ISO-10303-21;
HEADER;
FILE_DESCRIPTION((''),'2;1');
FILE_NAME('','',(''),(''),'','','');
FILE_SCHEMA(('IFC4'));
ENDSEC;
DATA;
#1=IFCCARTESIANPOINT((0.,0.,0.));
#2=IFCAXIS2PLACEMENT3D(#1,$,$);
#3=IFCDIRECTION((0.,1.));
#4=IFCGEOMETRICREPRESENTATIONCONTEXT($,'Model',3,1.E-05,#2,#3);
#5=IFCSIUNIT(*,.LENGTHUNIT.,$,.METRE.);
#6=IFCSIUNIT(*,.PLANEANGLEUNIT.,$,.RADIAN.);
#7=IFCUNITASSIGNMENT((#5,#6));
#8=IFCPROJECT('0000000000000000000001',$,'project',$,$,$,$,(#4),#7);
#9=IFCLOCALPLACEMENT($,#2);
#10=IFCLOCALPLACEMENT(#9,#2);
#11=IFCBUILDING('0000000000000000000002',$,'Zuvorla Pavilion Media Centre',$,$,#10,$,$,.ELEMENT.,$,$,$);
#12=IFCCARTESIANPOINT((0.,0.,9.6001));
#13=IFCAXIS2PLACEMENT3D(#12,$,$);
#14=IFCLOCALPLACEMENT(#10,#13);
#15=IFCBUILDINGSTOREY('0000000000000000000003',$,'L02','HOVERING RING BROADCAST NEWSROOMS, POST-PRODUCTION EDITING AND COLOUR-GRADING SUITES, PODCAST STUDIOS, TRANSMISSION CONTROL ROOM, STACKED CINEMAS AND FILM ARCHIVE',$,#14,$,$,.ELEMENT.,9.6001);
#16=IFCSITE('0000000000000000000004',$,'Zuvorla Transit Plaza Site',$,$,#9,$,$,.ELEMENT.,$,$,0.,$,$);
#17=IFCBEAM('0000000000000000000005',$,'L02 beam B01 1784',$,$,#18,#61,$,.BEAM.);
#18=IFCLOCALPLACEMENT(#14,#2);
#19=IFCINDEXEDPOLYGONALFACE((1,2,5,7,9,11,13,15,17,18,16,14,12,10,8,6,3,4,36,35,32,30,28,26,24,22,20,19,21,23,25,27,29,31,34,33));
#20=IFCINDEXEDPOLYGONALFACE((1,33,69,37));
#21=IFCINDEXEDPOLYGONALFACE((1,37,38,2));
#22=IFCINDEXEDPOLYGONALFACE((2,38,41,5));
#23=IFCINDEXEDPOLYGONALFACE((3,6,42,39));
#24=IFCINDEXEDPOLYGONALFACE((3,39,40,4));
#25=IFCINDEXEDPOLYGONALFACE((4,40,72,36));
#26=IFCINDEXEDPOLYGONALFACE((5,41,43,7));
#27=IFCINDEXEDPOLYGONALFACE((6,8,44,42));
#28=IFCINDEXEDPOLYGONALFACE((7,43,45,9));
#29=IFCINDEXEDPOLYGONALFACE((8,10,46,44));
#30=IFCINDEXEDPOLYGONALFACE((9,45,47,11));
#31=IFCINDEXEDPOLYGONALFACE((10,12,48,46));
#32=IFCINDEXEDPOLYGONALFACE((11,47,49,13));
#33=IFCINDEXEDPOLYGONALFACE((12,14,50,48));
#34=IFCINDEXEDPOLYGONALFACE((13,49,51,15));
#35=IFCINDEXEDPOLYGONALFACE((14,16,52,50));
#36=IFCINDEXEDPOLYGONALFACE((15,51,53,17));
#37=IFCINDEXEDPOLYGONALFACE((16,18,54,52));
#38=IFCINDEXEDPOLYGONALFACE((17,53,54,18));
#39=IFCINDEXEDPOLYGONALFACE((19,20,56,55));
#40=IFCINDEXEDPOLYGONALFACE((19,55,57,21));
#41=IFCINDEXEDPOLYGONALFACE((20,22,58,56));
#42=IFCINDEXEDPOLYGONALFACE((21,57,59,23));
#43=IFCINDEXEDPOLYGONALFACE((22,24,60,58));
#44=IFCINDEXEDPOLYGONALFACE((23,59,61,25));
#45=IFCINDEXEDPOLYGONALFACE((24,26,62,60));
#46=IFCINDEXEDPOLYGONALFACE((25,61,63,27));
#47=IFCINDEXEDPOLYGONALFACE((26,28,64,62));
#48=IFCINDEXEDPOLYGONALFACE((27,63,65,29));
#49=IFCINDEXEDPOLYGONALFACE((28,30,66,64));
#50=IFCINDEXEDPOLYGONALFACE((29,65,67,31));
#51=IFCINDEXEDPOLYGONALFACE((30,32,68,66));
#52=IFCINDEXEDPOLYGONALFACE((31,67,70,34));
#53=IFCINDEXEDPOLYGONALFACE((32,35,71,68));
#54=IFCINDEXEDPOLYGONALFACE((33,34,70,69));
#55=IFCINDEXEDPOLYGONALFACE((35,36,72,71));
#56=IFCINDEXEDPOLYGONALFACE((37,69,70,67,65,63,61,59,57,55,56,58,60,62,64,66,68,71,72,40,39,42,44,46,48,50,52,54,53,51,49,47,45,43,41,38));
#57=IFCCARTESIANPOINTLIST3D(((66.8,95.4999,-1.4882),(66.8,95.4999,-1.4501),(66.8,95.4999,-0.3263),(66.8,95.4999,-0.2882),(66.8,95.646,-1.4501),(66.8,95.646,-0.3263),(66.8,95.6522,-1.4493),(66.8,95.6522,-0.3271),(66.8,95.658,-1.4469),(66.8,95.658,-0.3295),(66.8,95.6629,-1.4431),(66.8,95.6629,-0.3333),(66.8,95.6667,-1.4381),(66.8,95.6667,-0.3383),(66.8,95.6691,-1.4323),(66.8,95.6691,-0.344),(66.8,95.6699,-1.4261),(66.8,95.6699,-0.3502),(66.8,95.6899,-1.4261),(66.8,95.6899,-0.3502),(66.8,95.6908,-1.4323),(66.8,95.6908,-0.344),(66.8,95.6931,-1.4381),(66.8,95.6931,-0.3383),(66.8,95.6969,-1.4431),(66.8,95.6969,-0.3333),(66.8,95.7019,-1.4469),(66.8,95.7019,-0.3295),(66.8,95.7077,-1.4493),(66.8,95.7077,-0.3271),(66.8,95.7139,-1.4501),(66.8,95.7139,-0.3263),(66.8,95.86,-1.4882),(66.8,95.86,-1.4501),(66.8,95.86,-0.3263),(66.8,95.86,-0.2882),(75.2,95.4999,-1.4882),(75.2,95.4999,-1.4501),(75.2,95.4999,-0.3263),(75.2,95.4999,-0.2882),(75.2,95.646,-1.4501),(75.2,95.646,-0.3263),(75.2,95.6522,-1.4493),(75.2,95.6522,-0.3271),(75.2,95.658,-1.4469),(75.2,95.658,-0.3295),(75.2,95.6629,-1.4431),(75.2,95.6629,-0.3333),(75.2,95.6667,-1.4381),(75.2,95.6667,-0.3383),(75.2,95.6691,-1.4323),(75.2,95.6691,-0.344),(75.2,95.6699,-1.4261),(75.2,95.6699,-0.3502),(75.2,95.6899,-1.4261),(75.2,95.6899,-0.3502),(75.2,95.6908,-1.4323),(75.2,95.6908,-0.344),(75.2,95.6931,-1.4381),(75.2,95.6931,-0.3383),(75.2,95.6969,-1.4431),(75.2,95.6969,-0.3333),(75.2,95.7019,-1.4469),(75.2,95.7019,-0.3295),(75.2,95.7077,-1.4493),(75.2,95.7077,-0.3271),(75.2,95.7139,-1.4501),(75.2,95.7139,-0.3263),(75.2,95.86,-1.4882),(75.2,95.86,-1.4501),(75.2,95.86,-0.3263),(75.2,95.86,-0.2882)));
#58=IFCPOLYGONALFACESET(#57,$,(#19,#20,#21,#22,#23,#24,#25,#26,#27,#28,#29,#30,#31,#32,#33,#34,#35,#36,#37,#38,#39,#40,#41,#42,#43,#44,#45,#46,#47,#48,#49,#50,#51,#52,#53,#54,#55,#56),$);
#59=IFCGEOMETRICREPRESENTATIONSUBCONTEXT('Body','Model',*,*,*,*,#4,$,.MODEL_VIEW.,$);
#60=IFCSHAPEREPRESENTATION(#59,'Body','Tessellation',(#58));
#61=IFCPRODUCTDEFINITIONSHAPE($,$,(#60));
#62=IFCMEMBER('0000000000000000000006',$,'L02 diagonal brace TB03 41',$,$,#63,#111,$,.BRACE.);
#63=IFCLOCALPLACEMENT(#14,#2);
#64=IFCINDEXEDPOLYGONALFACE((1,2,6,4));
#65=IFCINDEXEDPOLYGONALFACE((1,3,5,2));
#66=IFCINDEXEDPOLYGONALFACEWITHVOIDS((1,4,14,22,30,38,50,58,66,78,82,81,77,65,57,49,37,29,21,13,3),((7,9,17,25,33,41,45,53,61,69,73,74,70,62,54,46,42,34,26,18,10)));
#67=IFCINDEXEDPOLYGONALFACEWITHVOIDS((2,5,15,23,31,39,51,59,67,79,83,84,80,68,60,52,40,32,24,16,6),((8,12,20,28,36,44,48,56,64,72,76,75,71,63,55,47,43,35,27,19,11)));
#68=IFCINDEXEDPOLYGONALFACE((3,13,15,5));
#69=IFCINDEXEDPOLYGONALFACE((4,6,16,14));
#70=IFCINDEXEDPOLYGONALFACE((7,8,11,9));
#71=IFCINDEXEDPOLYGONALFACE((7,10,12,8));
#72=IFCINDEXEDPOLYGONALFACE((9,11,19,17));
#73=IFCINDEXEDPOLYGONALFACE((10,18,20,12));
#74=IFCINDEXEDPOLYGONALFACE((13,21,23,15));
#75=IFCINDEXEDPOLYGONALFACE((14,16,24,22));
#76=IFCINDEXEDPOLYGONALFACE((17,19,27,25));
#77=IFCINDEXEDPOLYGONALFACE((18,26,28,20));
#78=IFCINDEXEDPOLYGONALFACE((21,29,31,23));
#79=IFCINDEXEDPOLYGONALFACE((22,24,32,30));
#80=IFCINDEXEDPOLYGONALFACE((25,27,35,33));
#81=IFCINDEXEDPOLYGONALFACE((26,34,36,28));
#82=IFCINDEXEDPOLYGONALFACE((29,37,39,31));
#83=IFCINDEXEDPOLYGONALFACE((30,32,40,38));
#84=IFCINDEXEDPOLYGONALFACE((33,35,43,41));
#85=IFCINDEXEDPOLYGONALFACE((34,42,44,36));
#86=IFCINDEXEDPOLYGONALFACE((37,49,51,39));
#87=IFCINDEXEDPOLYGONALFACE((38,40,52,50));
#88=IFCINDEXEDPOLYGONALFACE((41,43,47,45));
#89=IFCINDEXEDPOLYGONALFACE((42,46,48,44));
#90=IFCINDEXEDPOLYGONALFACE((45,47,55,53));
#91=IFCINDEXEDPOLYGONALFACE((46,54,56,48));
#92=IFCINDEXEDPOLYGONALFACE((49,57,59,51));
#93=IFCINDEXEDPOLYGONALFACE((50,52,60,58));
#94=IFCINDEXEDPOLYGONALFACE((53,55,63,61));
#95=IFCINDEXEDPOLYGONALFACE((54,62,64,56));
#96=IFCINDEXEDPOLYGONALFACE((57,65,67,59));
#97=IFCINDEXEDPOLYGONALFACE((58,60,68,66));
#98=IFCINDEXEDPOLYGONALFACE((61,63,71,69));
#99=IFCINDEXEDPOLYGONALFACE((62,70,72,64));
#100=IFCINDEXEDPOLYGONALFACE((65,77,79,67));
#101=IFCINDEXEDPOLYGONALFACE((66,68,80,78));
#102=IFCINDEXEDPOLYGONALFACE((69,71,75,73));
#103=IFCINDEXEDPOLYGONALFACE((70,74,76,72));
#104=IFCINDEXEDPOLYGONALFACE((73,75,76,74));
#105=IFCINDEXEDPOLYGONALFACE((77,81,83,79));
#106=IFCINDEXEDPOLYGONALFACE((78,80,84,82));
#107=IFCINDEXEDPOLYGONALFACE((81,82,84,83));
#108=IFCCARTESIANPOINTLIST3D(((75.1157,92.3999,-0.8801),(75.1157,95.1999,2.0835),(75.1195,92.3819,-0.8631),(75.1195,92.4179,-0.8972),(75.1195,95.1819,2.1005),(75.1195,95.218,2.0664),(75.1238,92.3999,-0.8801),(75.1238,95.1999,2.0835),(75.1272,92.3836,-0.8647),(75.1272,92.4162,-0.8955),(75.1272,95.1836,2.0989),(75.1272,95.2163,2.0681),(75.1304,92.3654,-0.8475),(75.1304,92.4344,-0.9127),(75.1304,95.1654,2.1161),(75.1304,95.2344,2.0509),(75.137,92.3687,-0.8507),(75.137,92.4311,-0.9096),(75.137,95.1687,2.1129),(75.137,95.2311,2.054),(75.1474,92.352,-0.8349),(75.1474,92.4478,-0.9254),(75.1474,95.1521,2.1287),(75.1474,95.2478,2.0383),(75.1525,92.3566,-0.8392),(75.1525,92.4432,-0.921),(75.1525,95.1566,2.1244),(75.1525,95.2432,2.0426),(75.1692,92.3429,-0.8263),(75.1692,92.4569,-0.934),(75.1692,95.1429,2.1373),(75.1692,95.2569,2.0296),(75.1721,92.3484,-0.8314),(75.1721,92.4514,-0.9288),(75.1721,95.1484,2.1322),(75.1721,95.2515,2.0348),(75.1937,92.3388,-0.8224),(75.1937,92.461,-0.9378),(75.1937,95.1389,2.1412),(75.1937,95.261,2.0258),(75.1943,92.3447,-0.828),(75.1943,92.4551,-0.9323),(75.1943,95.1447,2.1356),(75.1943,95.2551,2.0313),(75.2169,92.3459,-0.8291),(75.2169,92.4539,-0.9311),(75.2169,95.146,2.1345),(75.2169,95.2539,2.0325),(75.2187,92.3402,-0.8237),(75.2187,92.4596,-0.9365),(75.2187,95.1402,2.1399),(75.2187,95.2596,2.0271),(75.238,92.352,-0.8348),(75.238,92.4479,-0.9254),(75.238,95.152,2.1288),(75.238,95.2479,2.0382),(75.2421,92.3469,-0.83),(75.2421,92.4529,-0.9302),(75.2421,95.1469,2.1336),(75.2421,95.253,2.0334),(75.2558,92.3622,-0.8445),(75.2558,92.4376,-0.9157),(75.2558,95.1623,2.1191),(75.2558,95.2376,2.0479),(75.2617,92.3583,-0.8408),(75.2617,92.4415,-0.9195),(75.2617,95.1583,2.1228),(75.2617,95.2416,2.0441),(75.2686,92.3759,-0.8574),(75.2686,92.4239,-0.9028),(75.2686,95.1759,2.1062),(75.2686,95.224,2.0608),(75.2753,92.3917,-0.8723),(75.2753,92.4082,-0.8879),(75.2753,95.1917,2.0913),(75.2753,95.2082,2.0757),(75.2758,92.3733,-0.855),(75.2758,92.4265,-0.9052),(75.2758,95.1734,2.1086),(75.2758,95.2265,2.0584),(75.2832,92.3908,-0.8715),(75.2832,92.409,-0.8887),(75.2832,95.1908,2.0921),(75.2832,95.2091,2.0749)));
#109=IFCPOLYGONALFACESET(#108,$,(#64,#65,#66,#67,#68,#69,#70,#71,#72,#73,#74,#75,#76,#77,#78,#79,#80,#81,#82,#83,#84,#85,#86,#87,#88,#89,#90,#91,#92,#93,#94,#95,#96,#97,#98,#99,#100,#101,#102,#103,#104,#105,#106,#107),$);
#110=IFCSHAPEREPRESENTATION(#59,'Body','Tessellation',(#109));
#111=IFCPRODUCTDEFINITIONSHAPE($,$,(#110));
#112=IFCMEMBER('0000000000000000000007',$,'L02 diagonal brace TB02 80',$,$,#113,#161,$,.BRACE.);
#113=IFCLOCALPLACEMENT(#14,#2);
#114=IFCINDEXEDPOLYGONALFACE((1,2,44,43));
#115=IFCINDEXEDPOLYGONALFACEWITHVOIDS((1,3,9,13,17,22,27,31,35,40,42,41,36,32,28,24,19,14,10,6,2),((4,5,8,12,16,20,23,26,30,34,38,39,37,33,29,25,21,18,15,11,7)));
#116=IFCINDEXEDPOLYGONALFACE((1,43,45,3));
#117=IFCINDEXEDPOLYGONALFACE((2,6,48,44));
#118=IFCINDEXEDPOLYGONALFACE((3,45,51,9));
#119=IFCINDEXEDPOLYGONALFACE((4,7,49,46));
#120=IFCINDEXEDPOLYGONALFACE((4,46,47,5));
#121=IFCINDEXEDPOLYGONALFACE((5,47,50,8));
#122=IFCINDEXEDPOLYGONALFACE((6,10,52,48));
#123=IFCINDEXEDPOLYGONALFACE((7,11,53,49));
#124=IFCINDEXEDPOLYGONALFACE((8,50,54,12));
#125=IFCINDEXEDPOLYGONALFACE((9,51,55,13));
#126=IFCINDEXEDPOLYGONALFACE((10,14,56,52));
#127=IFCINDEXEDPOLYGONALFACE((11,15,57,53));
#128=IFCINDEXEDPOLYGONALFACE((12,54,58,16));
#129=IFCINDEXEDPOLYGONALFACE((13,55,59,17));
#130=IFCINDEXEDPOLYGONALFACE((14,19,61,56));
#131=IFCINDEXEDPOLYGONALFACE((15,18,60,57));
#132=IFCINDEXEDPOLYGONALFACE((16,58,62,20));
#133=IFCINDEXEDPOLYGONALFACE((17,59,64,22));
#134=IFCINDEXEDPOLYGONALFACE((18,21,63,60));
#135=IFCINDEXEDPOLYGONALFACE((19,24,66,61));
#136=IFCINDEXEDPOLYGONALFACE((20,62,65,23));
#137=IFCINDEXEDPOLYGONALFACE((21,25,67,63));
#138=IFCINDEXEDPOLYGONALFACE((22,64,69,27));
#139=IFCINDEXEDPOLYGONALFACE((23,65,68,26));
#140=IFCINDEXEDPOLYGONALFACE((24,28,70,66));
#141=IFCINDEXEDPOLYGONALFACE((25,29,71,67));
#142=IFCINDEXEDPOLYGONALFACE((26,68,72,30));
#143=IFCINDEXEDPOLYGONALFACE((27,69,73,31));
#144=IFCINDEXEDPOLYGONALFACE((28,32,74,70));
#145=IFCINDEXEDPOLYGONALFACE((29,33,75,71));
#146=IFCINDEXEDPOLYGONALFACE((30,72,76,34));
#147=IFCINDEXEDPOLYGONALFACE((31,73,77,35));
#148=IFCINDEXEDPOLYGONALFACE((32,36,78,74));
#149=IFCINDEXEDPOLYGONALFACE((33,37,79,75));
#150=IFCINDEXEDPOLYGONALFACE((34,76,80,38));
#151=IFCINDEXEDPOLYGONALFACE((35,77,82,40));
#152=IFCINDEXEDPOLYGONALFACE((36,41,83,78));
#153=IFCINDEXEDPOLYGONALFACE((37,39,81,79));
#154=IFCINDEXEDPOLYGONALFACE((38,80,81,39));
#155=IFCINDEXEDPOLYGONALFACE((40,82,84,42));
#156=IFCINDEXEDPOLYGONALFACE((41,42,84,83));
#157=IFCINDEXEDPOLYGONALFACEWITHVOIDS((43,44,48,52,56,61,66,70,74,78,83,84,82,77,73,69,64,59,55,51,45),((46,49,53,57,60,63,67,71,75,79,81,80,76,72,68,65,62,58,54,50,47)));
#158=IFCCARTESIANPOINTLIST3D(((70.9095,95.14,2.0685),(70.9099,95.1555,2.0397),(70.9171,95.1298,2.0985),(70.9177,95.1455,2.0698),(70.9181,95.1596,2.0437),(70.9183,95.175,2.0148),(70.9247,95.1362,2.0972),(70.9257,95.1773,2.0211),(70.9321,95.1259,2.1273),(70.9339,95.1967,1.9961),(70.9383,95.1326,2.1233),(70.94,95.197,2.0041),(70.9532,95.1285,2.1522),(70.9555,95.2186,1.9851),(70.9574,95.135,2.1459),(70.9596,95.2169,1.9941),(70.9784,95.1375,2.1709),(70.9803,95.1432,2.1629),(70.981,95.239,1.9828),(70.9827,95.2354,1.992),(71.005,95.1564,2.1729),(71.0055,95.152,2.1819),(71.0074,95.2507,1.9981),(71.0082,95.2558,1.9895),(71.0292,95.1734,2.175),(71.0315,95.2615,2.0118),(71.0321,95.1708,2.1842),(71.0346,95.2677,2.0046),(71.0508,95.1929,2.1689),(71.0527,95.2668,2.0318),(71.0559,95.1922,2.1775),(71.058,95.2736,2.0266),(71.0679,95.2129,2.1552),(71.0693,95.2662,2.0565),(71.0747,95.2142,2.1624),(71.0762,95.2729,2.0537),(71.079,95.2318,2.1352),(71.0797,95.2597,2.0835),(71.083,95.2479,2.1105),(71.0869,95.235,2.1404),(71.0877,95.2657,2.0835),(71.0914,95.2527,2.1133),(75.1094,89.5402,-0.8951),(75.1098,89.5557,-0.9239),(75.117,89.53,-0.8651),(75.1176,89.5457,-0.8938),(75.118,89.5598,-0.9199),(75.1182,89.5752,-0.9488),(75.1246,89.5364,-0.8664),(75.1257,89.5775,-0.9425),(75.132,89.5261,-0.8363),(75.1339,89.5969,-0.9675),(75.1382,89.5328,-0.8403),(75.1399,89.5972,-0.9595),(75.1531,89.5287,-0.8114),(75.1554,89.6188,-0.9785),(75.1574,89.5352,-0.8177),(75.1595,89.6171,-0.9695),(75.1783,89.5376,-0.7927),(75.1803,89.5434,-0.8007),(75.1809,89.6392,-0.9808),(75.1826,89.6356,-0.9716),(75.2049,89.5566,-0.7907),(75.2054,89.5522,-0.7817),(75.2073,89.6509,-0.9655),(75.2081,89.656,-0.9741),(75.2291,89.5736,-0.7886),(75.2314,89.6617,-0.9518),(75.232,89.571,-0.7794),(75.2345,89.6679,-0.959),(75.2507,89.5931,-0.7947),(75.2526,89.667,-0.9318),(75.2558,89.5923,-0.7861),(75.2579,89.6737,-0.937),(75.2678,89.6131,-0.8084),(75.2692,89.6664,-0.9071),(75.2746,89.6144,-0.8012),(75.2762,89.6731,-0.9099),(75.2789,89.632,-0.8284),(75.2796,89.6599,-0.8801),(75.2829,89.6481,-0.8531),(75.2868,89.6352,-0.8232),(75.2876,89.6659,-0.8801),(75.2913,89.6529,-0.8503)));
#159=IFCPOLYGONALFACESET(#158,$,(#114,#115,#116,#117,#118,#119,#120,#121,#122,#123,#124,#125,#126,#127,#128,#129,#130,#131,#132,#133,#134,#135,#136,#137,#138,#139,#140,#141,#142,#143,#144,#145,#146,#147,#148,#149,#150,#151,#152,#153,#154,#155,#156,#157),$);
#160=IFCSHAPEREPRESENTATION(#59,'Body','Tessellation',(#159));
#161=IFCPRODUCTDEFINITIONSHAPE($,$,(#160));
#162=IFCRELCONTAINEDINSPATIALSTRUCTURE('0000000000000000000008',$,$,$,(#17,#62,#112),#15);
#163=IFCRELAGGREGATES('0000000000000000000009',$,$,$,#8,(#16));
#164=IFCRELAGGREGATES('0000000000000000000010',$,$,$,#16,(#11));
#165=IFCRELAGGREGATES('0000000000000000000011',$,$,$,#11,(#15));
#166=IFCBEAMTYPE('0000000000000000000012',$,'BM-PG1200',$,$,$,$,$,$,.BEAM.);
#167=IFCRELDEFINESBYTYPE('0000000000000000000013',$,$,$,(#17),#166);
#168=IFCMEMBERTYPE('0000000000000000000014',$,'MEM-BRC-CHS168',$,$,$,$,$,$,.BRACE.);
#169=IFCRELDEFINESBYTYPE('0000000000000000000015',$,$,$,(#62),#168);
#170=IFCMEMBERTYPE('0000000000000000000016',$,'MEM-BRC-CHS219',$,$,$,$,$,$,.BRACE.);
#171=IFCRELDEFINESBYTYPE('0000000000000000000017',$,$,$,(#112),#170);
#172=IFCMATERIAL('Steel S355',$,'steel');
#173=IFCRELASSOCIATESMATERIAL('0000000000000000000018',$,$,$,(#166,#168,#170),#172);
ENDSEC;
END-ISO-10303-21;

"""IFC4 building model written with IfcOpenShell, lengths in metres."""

from ifc_helpers import new_model, si_unit, direction, frame, origin, origin_2d, place, context, subcontext, project, spatial, hollow_circle, i_section, extrude, material, material_profile, profile_set, type_object, element, save


model = new_model("IFC4")

# Units and contexts
model_context = context("Model", 3, precision=1e-05, world=origin(), true_north=direction((0.0, 1.0)))
body_context = subcontext(model_context, "Body", "Model", "MODEL_VIEW")
ifc_project = project(units=[si_unit("LENGTHUNIT", "METRE"), si_unit("PLANEANGLEUNIT", "RADIAN")], contexts=[model_context])

# Site, building, storey
site_placement = place(None, origin())
site = spatial("IfcSite", under=ifc_project, at=site_placement, Name="Zuvorla Transit Plaza Site", CompositionType="ELEMENT", RefElevation=0.0)
building_placement = place(site_placement, origin())
building = spatial("IfcBuilding", under=site, at=building_placement, Name="Zuvorla Pavilion Media Centre", CompositionType="ELEMENT")
storey_placement = place(building_placement, frame((0.0, 0.0, 9.6001)))
storey = spatial("IfcBuildingStorey", under=building, at=storey_placement, Name="L02", Description="HOVERING RING BROADCAST NEWSROOMS, POST-PRODUCTION EDITING AND COLOUR-GRADING SUITES, PODCAST STUDIOS, TRANSMISSION CONTROL ROOM, STACKED CINEMAS AND FILM ARCHIVE", CompositionType="ELEMENT", Elevation=9.6001)

# Beam
ifc_material_1 = material(Name="Steel S355", Category="steel")
ifc_material_profile_1 = material_profile(ifc_material_1, i_section(OverallWidth=0.3601, OverallDepth=1.2, WebThickness=0.02, FlangeThickness=0.0381, FilletRadius=0.0239, at=origin_2d()), Name="PG 1200x360x38")
ifc_profile_set_1 = profile_set([ifc_material_profile_1], Name="Steel S355")
beam_type = type_object("IfcBeamType", Name="BM-PG1200", PredefinedType="BEAM", material=ifc_profile_set_1)
beam_placement = place(storey_placement, frame((66.8, 95.6799, -0.8882), z_axis=(1.0, 0.0, 0.0), x_axis=(0.0, 1.0, 0.0)))
element("IfcBeam", 1, at=beam_placement, inside=storey, type_object=beam_type, Name="L02 beam B01 1784", PredefinedType="BEAM", context=body_context, shape_type="SweptSolid", body=[
    extrude(i_section(OverallWidth=0.3601, OverallDepth=1.2, WebThickness=0.02, FlangeThickness=0.0381, FilletRadius=0.0239, at=origin_2d()), origin(), (0.0, 0.0, 1.0), 8.3999),
])

# Members
ifc_material_profile_2 = material_profile(ifc_material_1, hollow_circle(Radius=0.0842, WallThickness=0.0081, at=origin_2d()), Name="CHS 168.3x8")
ifc_profile_set_2 = profile_set([ifc_material_profile_2], Name="Steel S355")
member_type_1 = type_object("IfcMemberType", Name="MEM-BRC-CHS168", PredefinedType="BRACE", material=ifc_profile_set_2)
member_1_placement = place(storey_placement, frame((75.2, 92.3999, -0.8801), z_axis=(0.0, 0.686762, 0.726882), x_axis=(-1.0, 0.0, 0.0)))
element("IfcMember", 2, at=member_1_placement, inside=storey, type_object=member_type_1, Name="L02 diagonal brace TB03 41", PredefinedType="BRACE", context=body_context, shape_type="SweptSolid", body=[
    extrude(hollow_circle(Radius=0.0842, WallThickness=0.0081, at=origin_2d()), origin(), (0.0, 0.0, 1.0), 4.0771),
])
ifc_material_profile_3 = material_profile(ifc_material_1, hollow_circle(Radius=0.1096, WallThickness=0.01, at=origin_2d()), Name="CHS 219.1x10")
ifc_profile_set_3 = profile_set([ifc_material_profile_3], Name="Steel S355")
member_type_2 = type_object("IfcMemberType", Name="MEM-BRC-CHS219", PredefinedType="BRACE", material=ifc_profile_set_3)
for number, where, z_axis, x_axis, name in (
    (3, (71.0, 95.2, 2.0835), (0.552525, -0.736689, -0.389879), (0.799996, 0.600006, 0.0), "L02 diagonal brace TB02 80"),
):
    element("IfcMember", number, at=place(storey_placement, frame(where, z_axis=z_axis, x_axis=x_axis)), inside=storey, type_object=member_type_2, Name=name, PredefinedType="BRACE", context=body_context, shape_type="SweptSolid", body=[
        extrude(hollow_circle(Radius=0.1096, WallThickness=0.01, at=origin_2d()), origin(), (0.0, 0.0, 1.0), 7.6013),
    ])

save(model, "model.ifc")
